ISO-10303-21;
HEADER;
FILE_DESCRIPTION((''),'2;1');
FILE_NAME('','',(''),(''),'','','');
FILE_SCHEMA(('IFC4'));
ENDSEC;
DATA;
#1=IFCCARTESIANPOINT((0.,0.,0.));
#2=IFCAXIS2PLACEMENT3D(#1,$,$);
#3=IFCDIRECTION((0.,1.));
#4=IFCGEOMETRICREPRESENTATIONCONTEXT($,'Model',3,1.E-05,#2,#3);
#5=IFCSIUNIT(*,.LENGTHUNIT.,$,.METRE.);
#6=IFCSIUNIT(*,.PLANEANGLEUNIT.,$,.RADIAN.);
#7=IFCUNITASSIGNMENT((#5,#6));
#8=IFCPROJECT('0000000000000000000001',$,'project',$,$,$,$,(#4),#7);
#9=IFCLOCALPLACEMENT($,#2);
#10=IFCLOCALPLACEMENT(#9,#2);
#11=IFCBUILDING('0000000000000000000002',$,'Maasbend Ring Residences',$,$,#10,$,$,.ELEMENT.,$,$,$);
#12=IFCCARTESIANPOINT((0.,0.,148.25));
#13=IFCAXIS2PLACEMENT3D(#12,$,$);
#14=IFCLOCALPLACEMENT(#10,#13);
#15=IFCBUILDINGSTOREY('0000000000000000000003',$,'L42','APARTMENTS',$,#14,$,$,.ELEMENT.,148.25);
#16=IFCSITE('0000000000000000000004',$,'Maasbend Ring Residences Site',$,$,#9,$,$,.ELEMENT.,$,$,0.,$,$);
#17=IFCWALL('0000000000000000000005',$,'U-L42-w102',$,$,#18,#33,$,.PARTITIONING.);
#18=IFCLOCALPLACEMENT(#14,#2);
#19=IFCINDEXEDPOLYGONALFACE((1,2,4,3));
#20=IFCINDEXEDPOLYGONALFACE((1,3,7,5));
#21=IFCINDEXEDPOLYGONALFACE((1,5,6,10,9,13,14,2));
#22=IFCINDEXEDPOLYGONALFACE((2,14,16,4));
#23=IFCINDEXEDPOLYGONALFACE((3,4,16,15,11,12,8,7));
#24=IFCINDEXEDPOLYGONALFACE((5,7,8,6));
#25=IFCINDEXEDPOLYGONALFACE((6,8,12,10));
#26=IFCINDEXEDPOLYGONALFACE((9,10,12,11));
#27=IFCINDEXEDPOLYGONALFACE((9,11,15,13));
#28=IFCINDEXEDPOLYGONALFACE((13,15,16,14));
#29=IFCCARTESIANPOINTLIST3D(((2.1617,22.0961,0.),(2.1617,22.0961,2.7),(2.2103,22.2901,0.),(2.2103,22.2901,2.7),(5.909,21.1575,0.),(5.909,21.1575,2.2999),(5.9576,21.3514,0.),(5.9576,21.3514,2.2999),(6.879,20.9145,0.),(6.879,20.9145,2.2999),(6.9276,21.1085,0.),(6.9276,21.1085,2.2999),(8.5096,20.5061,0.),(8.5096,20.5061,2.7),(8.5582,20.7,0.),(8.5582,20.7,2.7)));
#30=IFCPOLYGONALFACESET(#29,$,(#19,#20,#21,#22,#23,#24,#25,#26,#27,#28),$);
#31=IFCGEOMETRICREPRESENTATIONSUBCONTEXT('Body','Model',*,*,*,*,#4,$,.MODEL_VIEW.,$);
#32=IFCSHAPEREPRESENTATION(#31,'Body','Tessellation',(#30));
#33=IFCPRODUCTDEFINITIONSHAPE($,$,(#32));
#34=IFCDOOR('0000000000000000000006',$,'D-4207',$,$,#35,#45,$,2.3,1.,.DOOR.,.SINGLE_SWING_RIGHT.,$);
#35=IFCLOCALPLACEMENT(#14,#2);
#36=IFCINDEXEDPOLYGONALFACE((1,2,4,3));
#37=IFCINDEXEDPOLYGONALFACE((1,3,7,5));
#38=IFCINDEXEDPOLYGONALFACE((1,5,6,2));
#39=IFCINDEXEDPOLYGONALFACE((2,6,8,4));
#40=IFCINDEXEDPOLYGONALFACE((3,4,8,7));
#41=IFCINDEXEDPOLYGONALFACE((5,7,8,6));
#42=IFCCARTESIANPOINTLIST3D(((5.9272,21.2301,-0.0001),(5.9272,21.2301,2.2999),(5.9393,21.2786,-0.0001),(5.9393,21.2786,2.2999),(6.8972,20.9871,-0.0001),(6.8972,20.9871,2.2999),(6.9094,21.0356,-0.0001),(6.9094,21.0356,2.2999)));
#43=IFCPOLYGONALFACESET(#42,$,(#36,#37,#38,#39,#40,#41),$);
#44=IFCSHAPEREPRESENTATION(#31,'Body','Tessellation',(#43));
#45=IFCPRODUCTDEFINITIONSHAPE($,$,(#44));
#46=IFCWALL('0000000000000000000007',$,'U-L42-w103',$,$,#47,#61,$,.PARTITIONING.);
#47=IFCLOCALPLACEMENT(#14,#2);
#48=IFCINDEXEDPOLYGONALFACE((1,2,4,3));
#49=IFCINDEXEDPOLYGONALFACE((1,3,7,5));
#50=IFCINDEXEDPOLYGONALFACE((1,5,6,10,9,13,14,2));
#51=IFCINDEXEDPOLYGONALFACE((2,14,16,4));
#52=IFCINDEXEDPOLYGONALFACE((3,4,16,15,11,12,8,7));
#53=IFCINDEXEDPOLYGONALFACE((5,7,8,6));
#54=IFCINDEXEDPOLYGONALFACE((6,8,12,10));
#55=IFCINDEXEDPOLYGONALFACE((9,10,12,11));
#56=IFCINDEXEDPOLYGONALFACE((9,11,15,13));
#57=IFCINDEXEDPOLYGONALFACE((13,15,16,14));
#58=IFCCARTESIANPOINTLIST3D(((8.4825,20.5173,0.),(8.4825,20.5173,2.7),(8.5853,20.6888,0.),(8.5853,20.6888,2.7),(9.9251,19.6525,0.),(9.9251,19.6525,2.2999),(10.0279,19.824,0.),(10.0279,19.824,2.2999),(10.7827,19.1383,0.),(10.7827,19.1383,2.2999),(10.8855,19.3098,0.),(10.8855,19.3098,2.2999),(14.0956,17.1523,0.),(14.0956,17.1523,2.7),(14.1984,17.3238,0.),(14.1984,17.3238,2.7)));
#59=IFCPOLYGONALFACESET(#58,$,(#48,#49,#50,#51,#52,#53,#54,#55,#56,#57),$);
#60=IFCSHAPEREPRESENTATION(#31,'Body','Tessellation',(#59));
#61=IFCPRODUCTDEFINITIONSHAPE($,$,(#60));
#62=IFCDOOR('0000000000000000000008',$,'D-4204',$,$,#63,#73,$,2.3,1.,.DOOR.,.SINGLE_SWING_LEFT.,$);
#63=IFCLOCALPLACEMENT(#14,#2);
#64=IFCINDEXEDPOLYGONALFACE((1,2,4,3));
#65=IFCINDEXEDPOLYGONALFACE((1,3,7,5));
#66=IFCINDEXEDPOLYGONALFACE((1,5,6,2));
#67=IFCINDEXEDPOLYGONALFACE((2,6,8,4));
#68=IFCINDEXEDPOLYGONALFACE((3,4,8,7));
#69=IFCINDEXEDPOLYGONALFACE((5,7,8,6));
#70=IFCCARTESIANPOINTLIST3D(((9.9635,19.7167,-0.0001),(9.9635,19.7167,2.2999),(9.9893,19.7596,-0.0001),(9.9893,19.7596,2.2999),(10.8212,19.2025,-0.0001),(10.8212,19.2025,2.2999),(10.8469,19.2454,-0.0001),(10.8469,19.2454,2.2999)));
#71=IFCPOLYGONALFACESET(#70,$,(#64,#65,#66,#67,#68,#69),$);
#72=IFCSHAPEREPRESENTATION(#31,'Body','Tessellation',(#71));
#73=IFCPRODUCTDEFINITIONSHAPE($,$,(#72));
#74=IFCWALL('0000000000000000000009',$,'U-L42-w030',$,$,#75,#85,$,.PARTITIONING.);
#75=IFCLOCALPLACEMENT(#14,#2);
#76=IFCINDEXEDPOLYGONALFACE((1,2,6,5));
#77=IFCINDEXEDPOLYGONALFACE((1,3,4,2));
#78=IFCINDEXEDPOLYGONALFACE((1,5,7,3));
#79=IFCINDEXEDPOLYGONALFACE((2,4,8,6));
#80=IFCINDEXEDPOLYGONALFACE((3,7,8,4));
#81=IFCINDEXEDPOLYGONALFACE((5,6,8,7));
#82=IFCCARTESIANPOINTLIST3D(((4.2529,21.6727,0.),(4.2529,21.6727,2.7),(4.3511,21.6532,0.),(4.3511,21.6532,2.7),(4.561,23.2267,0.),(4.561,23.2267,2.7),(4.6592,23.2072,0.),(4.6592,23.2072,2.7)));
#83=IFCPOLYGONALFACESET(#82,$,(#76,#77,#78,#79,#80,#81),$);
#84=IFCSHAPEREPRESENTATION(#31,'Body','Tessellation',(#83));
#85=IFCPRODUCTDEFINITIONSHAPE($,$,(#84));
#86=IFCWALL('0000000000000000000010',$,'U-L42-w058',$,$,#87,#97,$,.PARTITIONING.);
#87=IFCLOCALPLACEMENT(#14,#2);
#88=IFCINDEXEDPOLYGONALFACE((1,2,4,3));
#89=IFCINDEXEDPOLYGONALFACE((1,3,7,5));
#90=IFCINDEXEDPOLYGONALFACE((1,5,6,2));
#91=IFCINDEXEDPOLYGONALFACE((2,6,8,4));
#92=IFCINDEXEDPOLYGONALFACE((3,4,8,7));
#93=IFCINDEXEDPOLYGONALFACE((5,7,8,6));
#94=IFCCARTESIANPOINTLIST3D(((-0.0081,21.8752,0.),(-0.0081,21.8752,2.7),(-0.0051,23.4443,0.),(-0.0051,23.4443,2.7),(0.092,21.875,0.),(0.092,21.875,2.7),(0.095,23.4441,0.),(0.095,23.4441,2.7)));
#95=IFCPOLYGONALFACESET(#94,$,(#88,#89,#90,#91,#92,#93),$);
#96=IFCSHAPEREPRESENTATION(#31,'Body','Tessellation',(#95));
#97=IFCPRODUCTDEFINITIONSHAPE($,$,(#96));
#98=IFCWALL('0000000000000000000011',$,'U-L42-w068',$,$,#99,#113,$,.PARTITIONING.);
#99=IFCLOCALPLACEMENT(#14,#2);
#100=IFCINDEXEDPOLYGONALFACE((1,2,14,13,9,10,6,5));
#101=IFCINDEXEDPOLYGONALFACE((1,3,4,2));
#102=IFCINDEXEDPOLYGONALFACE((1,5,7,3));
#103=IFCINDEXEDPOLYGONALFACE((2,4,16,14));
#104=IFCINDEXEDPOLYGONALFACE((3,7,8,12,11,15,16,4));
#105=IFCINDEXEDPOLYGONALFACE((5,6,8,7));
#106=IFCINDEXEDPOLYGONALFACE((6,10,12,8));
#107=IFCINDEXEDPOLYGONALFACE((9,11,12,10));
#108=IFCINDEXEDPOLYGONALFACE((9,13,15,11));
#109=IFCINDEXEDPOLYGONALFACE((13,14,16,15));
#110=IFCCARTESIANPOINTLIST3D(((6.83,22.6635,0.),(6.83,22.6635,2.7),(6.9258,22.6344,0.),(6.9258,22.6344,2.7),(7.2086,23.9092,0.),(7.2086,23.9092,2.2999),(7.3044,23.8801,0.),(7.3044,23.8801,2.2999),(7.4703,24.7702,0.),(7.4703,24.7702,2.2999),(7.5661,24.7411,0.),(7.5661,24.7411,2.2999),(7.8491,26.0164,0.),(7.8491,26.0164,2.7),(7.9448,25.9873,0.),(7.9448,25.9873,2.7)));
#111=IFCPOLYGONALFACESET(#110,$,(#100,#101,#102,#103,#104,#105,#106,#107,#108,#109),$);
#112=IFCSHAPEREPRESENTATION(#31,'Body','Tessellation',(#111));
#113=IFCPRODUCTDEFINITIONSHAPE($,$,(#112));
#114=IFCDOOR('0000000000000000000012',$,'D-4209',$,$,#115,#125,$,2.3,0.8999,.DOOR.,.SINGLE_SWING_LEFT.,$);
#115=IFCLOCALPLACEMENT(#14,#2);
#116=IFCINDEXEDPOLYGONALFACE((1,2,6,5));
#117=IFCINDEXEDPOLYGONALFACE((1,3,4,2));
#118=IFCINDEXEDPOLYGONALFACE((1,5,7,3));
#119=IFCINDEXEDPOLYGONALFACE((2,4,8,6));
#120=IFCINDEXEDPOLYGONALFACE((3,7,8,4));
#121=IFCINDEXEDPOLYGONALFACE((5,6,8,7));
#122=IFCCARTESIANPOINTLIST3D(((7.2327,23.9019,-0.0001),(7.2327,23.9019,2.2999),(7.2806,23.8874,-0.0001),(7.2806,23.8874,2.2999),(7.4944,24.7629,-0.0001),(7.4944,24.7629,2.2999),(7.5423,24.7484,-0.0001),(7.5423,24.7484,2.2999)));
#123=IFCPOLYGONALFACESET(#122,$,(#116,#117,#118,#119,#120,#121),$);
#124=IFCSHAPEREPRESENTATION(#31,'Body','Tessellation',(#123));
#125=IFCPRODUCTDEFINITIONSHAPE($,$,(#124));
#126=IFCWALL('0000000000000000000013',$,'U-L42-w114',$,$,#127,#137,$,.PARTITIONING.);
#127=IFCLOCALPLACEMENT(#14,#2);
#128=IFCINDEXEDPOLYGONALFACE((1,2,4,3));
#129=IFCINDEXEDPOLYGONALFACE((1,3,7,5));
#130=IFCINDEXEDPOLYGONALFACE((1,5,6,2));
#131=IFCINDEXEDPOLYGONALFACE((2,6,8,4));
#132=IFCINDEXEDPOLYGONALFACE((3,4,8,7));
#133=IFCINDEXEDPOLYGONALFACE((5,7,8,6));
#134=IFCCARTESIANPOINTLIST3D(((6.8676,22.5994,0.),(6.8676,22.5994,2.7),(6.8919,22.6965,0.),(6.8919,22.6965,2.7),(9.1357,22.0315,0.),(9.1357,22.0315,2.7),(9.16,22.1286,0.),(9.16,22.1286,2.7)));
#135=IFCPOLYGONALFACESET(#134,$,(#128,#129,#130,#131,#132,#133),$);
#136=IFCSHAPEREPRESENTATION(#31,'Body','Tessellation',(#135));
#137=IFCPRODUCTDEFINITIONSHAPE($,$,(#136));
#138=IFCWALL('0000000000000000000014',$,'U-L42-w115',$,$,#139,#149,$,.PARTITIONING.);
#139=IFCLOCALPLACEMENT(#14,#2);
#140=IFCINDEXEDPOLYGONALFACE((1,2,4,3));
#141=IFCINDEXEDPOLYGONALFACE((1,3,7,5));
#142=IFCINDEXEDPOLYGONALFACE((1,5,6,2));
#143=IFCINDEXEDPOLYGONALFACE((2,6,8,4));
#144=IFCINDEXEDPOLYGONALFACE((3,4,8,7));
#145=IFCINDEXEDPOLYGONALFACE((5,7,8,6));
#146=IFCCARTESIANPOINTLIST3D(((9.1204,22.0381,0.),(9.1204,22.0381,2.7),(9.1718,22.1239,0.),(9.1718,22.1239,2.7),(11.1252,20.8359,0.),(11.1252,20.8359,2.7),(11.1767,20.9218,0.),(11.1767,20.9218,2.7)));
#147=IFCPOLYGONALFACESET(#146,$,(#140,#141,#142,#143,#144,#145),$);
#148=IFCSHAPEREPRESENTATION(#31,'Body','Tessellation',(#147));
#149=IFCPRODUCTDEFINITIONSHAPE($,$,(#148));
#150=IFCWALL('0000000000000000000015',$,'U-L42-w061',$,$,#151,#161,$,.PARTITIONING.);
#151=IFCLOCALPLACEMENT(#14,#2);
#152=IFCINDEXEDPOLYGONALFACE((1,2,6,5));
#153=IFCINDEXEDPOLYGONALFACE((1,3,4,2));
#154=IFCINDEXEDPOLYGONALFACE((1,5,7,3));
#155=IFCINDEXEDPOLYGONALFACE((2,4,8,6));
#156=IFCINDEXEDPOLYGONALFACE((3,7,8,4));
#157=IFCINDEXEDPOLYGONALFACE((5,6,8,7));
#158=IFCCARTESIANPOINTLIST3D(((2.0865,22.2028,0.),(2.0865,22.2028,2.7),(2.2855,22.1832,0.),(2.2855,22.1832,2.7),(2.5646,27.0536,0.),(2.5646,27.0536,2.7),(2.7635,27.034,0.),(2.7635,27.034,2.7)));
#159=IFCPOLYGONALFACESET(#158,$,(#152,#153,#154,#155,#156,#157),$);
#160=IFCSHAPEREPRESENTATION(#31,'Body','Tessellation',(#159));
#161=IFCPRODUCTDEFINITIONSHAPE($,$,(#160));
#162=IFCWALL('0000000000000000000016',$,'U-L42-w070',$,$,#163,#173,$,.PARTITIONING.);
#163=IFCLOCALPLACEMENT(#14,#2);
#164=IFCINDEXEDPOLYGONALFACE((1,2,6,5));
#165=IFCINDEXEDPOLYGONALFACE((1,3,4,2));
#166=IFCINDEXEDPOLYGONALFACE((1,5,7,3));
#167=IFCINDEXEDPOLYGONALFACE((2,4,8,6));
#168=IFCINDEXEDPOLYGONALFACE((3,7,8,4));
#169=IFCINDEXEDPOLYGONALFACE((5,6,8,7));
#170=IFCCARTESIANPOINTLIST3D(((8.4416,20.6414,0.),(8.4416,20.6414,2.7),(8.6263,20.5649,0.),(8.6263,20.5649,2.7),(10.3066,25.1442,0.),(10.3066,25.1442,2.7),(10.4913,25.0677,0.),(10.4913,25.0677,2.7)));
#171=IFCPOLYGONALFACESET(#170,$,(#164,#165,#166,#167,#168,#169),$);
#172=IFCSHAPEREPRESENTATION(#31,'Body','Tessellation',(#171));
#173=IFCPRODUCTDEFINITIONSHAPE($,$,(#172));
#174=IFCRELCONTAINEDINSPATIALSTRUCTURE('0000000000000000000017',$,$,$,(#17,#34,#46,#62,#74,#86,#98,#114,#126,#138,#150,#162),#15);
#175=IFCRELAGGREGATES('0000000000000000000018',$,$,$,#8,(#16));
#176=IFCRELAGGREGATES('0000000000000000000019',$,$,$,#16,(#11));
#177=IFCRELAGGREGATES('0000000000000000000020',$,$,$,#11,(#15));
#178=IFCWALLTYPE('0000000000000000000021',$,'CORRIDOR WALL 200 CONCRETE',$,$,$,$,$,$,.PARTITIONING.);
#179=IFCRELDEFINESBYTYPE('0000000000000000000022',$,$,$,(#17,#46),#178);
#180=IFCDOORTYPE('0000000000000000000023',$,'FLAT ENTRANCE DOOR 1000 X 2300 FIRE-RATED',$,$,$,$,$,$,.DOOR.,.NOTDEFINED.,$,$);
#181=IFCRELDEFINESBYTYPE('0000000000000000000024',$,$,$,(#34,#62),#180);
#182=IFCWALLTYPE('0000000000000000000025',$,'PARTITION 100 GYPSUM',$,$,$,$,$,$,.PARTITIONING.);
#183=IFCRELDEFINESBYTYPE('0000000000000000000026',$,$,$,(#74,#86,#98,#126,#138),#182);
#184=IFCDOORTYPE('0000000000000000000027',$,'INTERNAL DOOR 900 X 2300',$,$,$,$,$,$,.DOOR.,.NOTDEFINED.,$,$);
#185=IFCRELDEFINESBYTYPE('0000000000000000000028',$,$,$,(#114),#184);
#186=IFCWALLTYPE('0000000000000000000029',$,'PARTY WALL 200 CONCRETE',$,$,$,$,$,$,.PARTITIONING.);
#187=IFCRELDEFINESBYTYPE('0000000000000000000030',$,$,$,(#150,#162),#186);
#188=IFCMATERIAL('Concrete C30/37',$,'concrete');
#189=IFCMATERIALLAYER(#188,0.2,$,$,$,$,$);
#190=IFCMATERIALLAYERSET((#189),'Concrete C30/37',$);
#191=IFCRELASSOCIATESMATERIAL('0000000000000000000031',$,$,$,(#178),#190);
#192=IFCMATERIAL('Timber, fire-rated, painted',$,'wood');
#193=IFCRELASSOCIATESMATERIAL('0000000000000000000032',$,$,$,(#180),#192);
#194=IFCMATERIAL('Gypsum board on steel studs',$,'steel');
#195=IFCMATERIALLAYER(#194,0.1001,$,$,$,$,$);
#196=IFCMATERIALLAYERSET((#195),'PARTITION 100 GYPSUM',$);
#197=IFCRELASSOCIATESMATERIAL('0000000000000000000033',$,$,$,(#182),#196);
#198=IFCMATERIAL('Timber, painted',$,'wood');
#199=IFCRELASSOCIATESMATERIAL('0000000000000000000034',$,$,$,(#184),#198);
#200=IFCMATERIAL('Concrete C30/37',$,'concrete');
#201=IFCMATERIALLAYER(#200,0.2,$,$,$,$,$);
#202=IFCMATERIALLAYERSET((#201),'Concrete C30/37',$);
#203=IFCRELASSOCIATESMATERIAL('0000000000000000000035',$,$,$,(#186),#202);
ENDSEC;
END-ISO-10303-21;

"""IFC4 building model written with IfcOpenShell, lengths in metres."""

from ifc_helpers import new_model, si_unit, direction, frame, frame_2d, origin, place, context, subcontext, project, spatial, rectangle, extrude, material, layer, layer_set, type_object, element, fill, save


model = new_model("IFC4")

# Units and contexts
model_context = context("Model", 3, precision=1e-05, world=origin(), true_north=direction((0.0, 1.0)))
body_context = subcontext(model_context, "Body", "Model", "MODEL_VIEW")
ifc_project = project(units=[si_unit("LENGTHUNIT", "METRE"), si_unit("PLANEANGLEUNIT", "RADIAN")], contexts=[model_context])

# Site, building, storey
site_placement = place(None, origin())
site = spatial("IfcSite", under=ifc_project, at=site_placement, Name="Maasbend Ring Residences Site", CompositionType="ELEMENT", RefElevation=0.0)
building_placement = place(site_placement, origin())
building = spatial("IfcBuilding", under=site, at=building_placement, Name="Maasbend Ring Residences", CompositionType="ELEMENT")
storey_placement = place(building_placement, frame((0.0, 0.0, 148.25)))
storey = spatial("IfcBuildingStorey", under=building, at=storey_placement, Name="L42", Description="APARTMENTS", CompositionType="ELEMENT", Elevation=148.25)

# Walls, openings, doors
ifc_material_1 = material(Name="Concrete C30/37", Category="concrete")
ifc_layer_1 = layer(ifc_material_1, 0.2)
ifc_layer_set_1 = layer_set([ifc_layer_1], Name="Concrete C30/37")
wall_type_1 = type_object("IfcWallType", Name="CORRIDOR WALL 200 CONCRETE", PredefinedType="PARTITIONING", material=ifc_layer_set_1)
ifc_material_2 = material(Name="Timber, fire-rated, painted", Category="wood")
door_type_1 = type_object("IfcDoorType", Name="FLAT ENTRANCE DOOR 1000 X 2300 FIRE-RATED", OperationType="NOTDEFINED", PredefinedType="DOOR", material=ifc_material_2)
wall_1_placement = place(storey_placement, frame((2.186, 22.1931, 0.0), z_axis=(0.0, 0.0, 1.0), x_axis=(0.97003, -0.242983, 0.0)))
wall_1 = element("IfcWall", 1, at=wall_1_placement, inside=storey, type_object=wall_type_1, Name="U-L42-w102", PredefinedType="PARTITIONING", context=body_context, shape_type="SweptSolid", body=[
    extrude(rectangle(XDim=6.5439, YDim=0.2, at=frame_2d((3.272, 0.0))), origin(), (0.0, 0.0, 1.0), 2.7),
])
opening_1_placement = place(wall_1_placement, frame((3.863, 0.0, 0.0)))
opening_1 = element("IfcOpeningElement", 2, at=opening_1_placement, cuts=wall_1, PredefinedType="OPENING", context=body_context, shape_type="SweptSolid", body=[
    extrude(rectangle(XDim=1.0, YDim=2.3, at=frame_2d((0.5, 1.1499))), frame((0.0, 0.1099, 0.0), z_axis=(0.0, -1.0, 0.0), x_axis=(1.0, 0.0, 0.0)), (0.0, 0.0, 1.0), 0.22),
])
door_1_placement = place(opening_1_placement, origin())
door_1 = element("IfcDoor", 3, at=door_1_placement, inside=storey, type_object=door_type_1, Name="D-4207", OperationType="SINGLE_SWING_RIGHT", OverallHeight=2.3, OverallWidth=1.0, PredefinedType="DOOR", context=body_context, shape_type="SweptSolid", body=[
    extrude(rectangle(XDim=1.0, YDim=2.3, at=frame_2d((0.5, 1.1499))), frame((0.0, 0.0249, 0.0), z_axis=(0.0, -1.0, 0.0), x_axis=(1.0, 0.0, 0.0)), (0.0, 0.0, 1.0), 0.05),
])
fill(opening_1, door_1)
wall_2_placement = place(storey_placement, frame((8.5339, 20.603, 0.0), z_axis=(0.0, 0.0, 1.0), x_axis=(0.857684, -0.514178, 0.0)))
wall_2 = element("IfcWall", 4, at=wall_2_placement, inside=storey, type_object=wall_type_1, Name="U-L42-w103", PredefinedType="PARTITIONING", context=body_context, shape_type="SweptSolid", body=[
    extrude(rectangle(XDim=6.5444, YDim=0.2, at=frame_2d((3.2722, 0.0))), origin(), (0.0, 0.0, 1.0), 2.7),
])
opening_2_placement = place(wall_2_placement, frame((1.6819, 0.0, 0.0)))
opening_2 = element("IfcOpeningElement", 5, at=opening_2_placement, cuts=wall_2, PredefinedType="OPENING", context=body_context, shape_type="SweptSolid", body=[
    extrude(rectangle(XDim=1.0, YDim=2.3, at=frame_2d((0.5, 1.1499))), frame((0.0, 0.1099, 0.0), z_axis=(0.0, -1.0, 0.0), x_axis=(1.0, 0.0, 0.0)), (0.0, 0.0, 1.0), 0.22),
])
door_2_placement = place(opening_2_placement, origin())
door_2 = element("IfcDoor", 6, at=door_2_placement, inside=storey, type_object=door_type_1, Name="D-4204", OperationType="SINGLE_SWING_LEFT", OverallHeight=2.3, OverallWidth=1.0, PredefinedType="DOOR", context=body_context, shape_type="SweptSolid", body=[
    extrude(rectangle(XDim=1.0, YDim=2.3, at=frame_2d((0.5, 1.1499))), frame((0.0, 0.0249, 0.0), z_axis=(0.0, -1.0, 0.0), x_axis=(1.0, 0.0, 0.0)), (0.0, 0.0, 1.0), 0.05),
])
fill(opening_2, door_2)

# Walls
ifc_material_3 = material(Name="Gypsum board on steel studs", Category="steel")
ifc_layer_2 = layer(ifc_material_3, 0.1001)
ifc_layer_set_2 = layer_set([ifc_layer_2], Name="PARTITION 100 GYPSUM")
wall_type_2 = type_object("IfcWallType", Name="PARTITION 100 GYPSUM", PredefinedType="PARTITIONING", material=ifc_layer_set_2)
wall_3_placement = place(storey_placement, frame((4.302, 21.6631, 0.0), z_axis=(0.0, 0.0, 1.0), x_axis=(0.194486, 0.980905, 0.0)))
element("IfcWall", 7, at=wall_3_placement, inside=storey, type_object=wall_type_2, Name="U-L42-w030", PredefinedType="PARTITIONING", context=body_context, shape_type="SweptSolid", body=[
    extrude(rectangle(XDim=1.5842, YDim=0.1001, at=frame_2d((0.792, 0.0))), origin(), (0.0, 0.0, 1.0), 2.7),
])
wall_4_placement = place(storey_placement, frame((0.042, 21.875, 0.0), z_axis=(0.0, 0.0, 1.0), x_axis=(0.001867, 0.999998, 0.0)))
element("IfcWall", 8, at=wall_4_placement, inside=storey, type_object=wall_type_2, Name="U-L42-w058", PredefinedType="PARTITIONING", context=body_context, shape_type="SweptSolid", body=[
    extrude(rectangle(XDim=1.5691, YDim=0.1001, at=frame_2d((0.7847, 0.0))), origin(), (0.0, 0.0, 1.0), 2.7),
])

# Wall, opening, door
wall_5_placement = place(storey_placement, frame((6.8779, 22.6489, 0.0), z_axis=(0.0, 0.0, 1.0), x_axis=(0.290785, 0.956789, 0.0)))
wall_5 = element("IfcWall", 9, at=wall_5_placement, inside=storey, type_object=wall_type_2, Name="U-L42-w068", PredefinedType="PARTITIONING", context=body_context, shape_type="SweptSolid", body=[
    extrude(rectangle(XDim=3.5044, YDim=0.1001, at=frame_2d((1.7522, 0.0))), origin(), (0.0, 0.0, 1.0), 2.7),
])
opening_3_placement = place(wall_5_placement, frame((1.302, 0.0, 0.0)))
opening_3 = element("IfcOpeningElement", 10, at=opening_3_placement, cuts=wall_5, PredefinedType="OPENING", context=body_context, shape_type="SweptSolid", body=[
    extrude(rectangle(XDim=0.8999, YDim=2.3, at=frame_2d((0.45, 1.1499))), frame((0.0, 0.0601, 0.0), z_axis=(0.0, -1.0, 0.0), x_axis=(1.0, 0.0, 0.0)), (0.0, 0.0, 1.0), 0.1201),
])
ifc_material_4 = material(Name="Timber, painted", Category="wood")
door_type_2 = type_object("IfcDoorType", Name="INTERNAL DOOR 900 X 2300", OperationType="NOTDEFINED", PredefinedType="DOOR", material=ifc_material_4)
door_3_placement = place(opening_3_placement, origin())
door_3 = element("IfcDoor", 11, at=door_3_placement, inside=storey, type_object=door_type_2, Name="D-4209", OperationType="SINGLE_SWING_LEFT", OverallHeight=2.3, OverallWidth=0.8999, PredefinedType="DOOR", context=body_context, shape_type="SweptSolid", body=[
    extrude(rectangle(XDim=0.8999, YDim=2.3, at=frame_2d((0.45, 1.1499))), frame((0.0, 0.0249, 0.0), z_axis=(0.0, -1.0, 0.0), x_axis=(1.0, 0.0, 0.0)), (0.0, 0.0, 1.0), 0.05),
])
fill(opening_3, door_3)

# Walls
wall_6_placement = place(storey_placement, frame((6.8799, 22.6479, 0.0), z_axis=(0.0, 0.0, 1.0), x_axis=(0.970056, -0.24288, 0.0)))
element("IfcWall", 12, at=wall_6_placement, inside=storey, type_object=wall_type_2, Name="U-L42-w114", PredefinedType="PARTITIONING", context=body_context, shape_type="SweptSolid", body=[
    extrude(rectangle(XDim=2.3381, YDim=0.1001, at=frame_2d((1.1689, 0.0))), origin(), (0.0, 0.0, 1.0), 2.7),
])
wall_7_placement = place(storey_placement, frame((9.146, 22.0811, 0.0), z_axis=(0.0, 0.0, 1.0), x_axis=(0.85764, -0.51425, 0.0)))
element("IfcWall", 13, at=wall_7_placement, inside=storey, type_object=wall_type_2, Name="U-L42-w115", PredefinedType="PARTITIONING", context=body_context, shape_type="SweptSolid", body=[
    extrude(rectangle(XDim=2.3376, YDim=0.1001, at=frame_2d((1.1689, 0.0))), origin(), (0.0, 0.0, 1.0), 2.7),
])
ifc_material_5 = material(Name="Concrete C30/37", Category="concrete")
ifc_layer_3 = layer(ifc_material_5, 0.2)
ifc_layer_set_3 = layer_set([ifc_layer_3], Name="Concrete C30/37")
wall_type_3 = type_object("IfcWallType", Name="PARTY WALL 200 CONCRETE", PredefinedType="PARTITIONING", material=ifc_layer_set_3)
wall_8_placement = place(storey_placement, frame((2.186, 22.1931, 0.0), z_axis=(0.0, 0.0, 1.0), x_axis=(0.09807, 0.995179, 0.0)))
element("IfcWall", 14, at=wall_8_placement, inside=storey, type_object=wall_type_3, Name="U-L42-w061", PredefinedType="PARTITIONING", context=body_context, shape_type="SweptSolid", body=[
    extrude(rectangle(XDim=4.8743, YDim=0.2, at=frame_2d((2.437, 0.0))), origin(), (0.0, 0.0, 1.0), 2.7),
])
wall_9_placement = place(storey_placement, frame((8.5339, 20.603, 0.0), z_axis=(0.0, 0.0, 1.0), x_axis=(0.382651, 0.923893, 0.0)))
element("IfcWall", 15, at=wall_9_placement, inside=storey, type_object=wall_type_3, Name="U-L42-w070", PredefinedType="PARTITIONING", context=body_context, shape_type="SweptSolid", body=[
    extrude(rectangle(XDim=4.8738, YDim=0.2, at=frame_2d((2.437, 0.0))), origin(), (0.0, 0.0, 1.0), 2.7),
])

save(model, "model.ifc")
